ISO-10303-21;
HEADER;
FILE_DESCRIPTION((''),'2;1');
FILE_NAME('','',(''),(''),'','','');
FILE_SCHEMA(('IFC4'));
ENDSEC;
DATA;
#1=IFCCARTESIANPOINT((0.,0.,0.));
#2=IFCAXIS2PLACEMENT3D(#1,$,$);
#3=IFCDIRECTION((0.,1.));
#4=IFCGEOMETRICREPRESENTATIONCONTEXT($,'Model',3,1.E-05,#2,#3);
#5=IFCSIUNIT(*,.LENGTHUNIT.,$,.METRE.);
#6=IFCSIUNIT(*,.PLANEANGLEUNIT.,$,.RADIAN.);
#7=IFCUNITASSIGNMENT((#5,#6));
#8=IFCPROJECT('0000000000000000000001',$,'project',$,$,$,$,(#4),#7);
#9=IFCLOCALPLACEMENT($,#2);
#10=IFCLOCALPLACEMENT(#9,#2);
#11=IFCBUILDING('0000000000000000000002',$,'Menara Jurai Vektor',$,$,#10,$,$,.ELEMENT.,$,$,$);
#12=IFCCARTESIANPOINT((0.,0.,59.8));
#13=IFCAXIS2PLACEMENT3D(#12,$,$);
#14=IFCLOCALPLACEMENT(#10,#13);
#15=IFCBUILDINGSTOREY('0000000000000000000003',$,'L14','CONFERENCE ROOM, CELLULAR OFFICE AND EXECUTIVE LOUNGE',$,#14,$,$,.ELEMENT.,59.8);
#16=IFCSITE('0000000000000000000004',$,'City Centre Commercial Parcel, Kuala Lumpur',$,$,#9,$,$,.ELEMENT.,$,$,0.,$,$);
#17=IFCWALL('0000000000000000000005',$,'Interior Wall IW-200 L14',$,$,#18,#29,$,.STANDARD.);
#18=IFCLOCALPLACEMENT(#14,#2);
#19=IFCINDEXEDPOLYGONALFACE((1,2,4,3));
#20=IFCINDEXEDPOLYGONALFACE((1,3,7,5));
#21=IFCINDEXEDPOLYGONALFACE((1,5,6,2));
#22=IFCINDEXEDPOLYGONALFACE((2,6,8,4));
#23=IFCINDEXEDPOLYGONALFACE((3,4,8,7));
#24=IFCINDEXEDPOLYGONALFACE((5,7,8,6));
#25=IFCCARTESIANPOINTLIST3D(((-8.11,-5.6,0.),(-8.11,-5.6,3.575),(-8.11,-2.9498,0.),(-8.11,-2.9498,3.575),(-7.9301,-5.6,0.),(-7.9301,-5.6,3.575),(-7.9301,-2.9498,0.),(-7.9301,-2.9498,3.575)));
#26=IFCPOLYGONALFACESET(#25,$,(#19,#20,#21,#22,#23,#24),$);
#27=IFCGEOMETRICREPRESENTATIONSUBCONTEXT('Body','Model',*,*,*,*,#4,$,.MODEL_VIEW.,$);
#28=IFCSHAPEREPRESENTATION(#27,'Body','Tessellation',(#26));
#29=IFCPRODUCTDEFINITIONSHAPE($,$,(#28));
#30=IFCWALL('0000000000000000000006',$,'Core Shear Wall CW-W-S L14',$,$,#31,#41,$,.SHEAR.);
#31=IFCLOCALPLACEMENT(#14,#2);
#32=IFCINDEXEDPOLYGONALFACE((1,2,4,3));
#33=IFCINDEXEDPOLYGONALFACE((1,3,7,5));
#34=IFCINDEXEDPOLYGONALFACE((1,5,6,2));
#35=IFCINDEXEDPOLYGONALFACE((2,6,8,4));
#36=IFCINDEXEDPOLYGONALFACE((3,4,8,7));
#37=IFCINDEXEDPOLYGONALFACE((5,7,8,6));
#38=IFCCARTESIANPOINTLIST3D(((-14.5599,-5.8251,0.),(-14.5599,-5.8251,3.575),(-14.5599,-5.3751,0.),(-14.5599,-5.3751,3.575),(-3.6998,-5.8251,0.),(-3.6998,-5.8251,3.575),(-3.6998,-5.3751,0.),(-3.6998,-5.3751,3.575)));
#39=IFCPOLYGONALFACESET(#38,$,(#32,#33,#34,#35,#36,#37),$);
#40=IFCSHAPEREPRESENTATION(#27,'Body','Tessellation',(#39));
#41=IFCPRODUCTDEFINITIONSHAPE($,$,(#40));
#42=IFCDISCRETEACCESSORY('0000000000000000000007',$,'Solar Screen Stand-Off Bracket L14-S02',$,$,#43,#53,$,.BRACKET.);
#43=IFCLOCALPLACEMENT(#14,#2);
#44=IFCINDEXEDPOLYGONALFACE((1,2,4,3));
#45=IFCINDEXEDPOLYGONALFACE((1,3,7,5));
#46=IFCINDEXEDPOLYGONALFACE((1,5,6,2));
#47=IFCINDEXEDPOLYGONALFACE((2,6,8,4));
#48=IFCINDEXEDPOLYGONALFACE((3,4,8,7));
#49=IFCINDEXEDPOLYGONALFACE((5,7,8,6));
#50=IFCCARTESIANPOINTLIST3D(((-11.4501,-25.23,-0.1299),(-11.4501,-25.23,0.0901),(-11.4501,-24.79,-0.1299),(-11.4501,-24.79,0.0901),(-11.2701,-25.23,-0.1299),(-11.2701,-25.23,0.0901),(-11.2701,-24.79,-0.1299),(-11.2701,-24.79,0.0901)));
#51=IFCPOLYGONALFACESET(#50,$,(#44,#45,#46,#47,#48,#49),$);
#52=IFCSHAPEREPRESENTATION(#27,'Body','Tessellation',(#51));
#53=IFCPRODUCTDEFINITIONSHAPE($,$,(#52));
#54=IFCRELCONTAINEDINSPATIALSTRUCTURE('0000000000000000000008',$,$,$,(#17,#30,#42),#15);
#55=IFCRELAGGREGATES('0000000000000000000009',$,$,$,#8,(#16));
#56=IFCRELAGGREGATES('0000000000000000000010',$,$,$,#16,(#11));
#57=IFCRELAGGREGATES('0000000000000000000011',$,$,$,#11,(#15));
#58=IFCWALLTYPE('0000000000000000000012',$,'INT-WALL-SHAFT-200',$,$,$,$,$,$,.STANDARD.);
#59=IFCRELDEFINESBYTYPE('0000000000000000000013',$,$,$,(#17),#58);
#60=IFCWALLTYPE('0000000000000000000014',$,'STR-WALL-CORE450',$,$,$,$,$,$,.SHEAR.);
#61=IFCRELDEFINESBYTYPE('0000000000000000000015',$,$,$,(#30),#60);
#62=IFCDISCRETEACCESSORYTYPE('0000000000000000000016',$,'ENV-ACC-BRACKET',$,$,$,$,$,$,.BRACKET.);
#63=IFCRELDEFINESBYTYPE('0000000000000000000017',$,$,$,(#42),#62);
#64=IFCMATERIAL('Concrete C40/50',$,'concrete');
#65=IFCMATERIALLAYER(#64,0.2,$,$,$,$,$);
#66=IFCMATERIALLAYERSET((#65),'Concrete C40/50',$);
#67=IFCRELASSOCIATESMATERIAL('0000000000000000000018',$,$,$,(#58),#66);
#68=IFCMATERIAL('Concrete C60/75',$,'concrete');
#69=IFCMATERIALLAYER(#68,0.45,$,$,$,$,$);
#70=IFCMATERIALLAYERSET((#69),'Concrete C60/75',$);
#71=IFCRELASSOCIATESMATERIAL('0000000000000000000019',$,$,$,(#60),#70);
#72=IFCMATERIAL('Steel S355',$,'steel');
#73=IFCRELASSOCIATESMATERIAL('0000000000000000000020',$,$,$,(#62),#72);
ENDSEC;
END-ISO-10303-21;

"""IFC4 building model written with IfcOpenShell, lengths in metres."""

from ifc_helpers import new_model, si_unit, direction, frame, frame_2d, origin, origin_2d, place, context, subcontext, project, spatial, rectangle, extrude, material, layer, layer_set, type_object, element, save


model = new_model("IFC4")

# Units and contexts
model_context = context("Model", 3, precision=1e-05, world=origin(), true_north=direction((0.0, 1.0)))
body_context = subcontext(model_context, "Body", "Model", "MODEL_VIEW")
ifc_project = project(units=[si_unit("LENGTHUNIT", "METRE"), si_unit("PLANEANGLEUNIT", "RADIAN")], contexts=[model_context])

# Site, building, storey
site_placement = place(None, origin())
site = spatial("IfcSite", under=ifc_project, at=site_placement, Name="City Centre Commercial Parcel, Kuala Lumpur", CompositionType="ELEMENT", RefElevation=0.0)
building_placement = place(site_placement, origin())
building = spatial("IfcBuilding", under=site, at=building_placement, Name="Menara Jurai Vektor", CompositionType="ELEMENT")
storey_placement = place(building_placement, frame((0.0, 0.0, 59.8)))
storey = spatial("IfcBuildingStorey", under=building, at=storey_placement, Name="L14", Description="CONFERENCE ROOM, CELLULAR OFFICE AND EXECUTIVE LOUNGE", CompositionType="ELEMENT", Elevation=59.8)

# Shared definitions
ifc_material_1 = material(Name="Concrete C60/75", Category="concrete")

# Shared definitions
ifc_material_2 = material(Name="Steel S355", Category="steel")

# Walls
ifc_material_3 = material(Name="Concrete C40/50", Category="concrete")
ifc_layer_1 = layer(ifc_material_3, 0.2)
ifc_layer_set_1 = layer_set([ifc_layer_1], Name="Concrete C40/50")
wall_type_1 = type_object("IfcWallType", Name="INT-WALL-SHAFT-200", PredefinedType="STANDARD", material=ifc_layer_set_1)
for number, where, z_axis, x_axis, name in (
    (1, (-8.02, -5.6001, 0.0), (0.0, 0.0, 1.0), (0.0, 1.0, 0.0), "Interior Wall IW-200 L14"),
):
    element("IfcWall", number, at=place(storey_placement, frame(where, z_axis=z_axis, x_axis=x_axis)), inside=storey, type_object=wall_type_1, Name=name, PredefinedType="STANDARD", context=body_context, shape_type="SweptSolid", body=[
        extrude(rectangle(XDim=2.6501, YDim=0.1799, at=frame_2d((1.3252, 0.0))), origin(), (0.0, 0.0, 1.0), 3.575),
    ])
ifc_layer_2 = layer(ifc_material_1, 0.45)
ifc_layer_set_2 = layer_set([ifc_layer_2], Name="Concrete C60/75")
wall_type_2 = type_object("IfcWallType", Name="STR-WALL-CORE450", PredefinedType="SHEAR", material=ifc_layer_set_2)
wall_1_placement = place(storey_placement, frame((-14.5601, -5.6001, 0.0), z_axis=(0.0, 0.0, 1.0), x_axis=(1.0, 0.0, 0.0)))
element("IfcWall", 2, at=wall_1_placement, inside=storey, type_object=wall_type_2, Name="Core Shear Wall CW-W-S L14", PredefinedType="SHEAR", context=body_context, shape_type="SweptSolid", body=[
    extrude(rectangle(XDim=10.8601, YDim=0.45, at=frame_2d((5.4302, 0.0))), origin(), (0.0, 0.0, 1.0), 3.575),
])

# Discrete accessory
discrete_accessory_type = type_object("IfcDiscreteAccessoryType", Name="ENV-ACC-BRACKET", PredefinedType="BRACKET", material=ifc_material_2)
discrete_accessory_placement = place(storey_placement, frame((-11.3601, -25.01, -0.1299), z_axis=(0.0, 0.0, 1.0), x_axis=(1.0, 0.0, 0.0)))
element("IfcDiscreteAccessory", 3, at=discrete_accessory_placement, inside=storey, type_object=discrete_accessory_type, Name="Solar Screen Stand-Off Bracket L14-S02", PredefinedType="BRACKET", context=body_context, shape_type="SweptSolid", body=[
    extrude(rectangle(XDim=0.1799, YDim=0.4399, at=origin_2d()), origin(), (0.0, 0.0, 1.0), 0.22),
])

save(model, "model.ifc")
